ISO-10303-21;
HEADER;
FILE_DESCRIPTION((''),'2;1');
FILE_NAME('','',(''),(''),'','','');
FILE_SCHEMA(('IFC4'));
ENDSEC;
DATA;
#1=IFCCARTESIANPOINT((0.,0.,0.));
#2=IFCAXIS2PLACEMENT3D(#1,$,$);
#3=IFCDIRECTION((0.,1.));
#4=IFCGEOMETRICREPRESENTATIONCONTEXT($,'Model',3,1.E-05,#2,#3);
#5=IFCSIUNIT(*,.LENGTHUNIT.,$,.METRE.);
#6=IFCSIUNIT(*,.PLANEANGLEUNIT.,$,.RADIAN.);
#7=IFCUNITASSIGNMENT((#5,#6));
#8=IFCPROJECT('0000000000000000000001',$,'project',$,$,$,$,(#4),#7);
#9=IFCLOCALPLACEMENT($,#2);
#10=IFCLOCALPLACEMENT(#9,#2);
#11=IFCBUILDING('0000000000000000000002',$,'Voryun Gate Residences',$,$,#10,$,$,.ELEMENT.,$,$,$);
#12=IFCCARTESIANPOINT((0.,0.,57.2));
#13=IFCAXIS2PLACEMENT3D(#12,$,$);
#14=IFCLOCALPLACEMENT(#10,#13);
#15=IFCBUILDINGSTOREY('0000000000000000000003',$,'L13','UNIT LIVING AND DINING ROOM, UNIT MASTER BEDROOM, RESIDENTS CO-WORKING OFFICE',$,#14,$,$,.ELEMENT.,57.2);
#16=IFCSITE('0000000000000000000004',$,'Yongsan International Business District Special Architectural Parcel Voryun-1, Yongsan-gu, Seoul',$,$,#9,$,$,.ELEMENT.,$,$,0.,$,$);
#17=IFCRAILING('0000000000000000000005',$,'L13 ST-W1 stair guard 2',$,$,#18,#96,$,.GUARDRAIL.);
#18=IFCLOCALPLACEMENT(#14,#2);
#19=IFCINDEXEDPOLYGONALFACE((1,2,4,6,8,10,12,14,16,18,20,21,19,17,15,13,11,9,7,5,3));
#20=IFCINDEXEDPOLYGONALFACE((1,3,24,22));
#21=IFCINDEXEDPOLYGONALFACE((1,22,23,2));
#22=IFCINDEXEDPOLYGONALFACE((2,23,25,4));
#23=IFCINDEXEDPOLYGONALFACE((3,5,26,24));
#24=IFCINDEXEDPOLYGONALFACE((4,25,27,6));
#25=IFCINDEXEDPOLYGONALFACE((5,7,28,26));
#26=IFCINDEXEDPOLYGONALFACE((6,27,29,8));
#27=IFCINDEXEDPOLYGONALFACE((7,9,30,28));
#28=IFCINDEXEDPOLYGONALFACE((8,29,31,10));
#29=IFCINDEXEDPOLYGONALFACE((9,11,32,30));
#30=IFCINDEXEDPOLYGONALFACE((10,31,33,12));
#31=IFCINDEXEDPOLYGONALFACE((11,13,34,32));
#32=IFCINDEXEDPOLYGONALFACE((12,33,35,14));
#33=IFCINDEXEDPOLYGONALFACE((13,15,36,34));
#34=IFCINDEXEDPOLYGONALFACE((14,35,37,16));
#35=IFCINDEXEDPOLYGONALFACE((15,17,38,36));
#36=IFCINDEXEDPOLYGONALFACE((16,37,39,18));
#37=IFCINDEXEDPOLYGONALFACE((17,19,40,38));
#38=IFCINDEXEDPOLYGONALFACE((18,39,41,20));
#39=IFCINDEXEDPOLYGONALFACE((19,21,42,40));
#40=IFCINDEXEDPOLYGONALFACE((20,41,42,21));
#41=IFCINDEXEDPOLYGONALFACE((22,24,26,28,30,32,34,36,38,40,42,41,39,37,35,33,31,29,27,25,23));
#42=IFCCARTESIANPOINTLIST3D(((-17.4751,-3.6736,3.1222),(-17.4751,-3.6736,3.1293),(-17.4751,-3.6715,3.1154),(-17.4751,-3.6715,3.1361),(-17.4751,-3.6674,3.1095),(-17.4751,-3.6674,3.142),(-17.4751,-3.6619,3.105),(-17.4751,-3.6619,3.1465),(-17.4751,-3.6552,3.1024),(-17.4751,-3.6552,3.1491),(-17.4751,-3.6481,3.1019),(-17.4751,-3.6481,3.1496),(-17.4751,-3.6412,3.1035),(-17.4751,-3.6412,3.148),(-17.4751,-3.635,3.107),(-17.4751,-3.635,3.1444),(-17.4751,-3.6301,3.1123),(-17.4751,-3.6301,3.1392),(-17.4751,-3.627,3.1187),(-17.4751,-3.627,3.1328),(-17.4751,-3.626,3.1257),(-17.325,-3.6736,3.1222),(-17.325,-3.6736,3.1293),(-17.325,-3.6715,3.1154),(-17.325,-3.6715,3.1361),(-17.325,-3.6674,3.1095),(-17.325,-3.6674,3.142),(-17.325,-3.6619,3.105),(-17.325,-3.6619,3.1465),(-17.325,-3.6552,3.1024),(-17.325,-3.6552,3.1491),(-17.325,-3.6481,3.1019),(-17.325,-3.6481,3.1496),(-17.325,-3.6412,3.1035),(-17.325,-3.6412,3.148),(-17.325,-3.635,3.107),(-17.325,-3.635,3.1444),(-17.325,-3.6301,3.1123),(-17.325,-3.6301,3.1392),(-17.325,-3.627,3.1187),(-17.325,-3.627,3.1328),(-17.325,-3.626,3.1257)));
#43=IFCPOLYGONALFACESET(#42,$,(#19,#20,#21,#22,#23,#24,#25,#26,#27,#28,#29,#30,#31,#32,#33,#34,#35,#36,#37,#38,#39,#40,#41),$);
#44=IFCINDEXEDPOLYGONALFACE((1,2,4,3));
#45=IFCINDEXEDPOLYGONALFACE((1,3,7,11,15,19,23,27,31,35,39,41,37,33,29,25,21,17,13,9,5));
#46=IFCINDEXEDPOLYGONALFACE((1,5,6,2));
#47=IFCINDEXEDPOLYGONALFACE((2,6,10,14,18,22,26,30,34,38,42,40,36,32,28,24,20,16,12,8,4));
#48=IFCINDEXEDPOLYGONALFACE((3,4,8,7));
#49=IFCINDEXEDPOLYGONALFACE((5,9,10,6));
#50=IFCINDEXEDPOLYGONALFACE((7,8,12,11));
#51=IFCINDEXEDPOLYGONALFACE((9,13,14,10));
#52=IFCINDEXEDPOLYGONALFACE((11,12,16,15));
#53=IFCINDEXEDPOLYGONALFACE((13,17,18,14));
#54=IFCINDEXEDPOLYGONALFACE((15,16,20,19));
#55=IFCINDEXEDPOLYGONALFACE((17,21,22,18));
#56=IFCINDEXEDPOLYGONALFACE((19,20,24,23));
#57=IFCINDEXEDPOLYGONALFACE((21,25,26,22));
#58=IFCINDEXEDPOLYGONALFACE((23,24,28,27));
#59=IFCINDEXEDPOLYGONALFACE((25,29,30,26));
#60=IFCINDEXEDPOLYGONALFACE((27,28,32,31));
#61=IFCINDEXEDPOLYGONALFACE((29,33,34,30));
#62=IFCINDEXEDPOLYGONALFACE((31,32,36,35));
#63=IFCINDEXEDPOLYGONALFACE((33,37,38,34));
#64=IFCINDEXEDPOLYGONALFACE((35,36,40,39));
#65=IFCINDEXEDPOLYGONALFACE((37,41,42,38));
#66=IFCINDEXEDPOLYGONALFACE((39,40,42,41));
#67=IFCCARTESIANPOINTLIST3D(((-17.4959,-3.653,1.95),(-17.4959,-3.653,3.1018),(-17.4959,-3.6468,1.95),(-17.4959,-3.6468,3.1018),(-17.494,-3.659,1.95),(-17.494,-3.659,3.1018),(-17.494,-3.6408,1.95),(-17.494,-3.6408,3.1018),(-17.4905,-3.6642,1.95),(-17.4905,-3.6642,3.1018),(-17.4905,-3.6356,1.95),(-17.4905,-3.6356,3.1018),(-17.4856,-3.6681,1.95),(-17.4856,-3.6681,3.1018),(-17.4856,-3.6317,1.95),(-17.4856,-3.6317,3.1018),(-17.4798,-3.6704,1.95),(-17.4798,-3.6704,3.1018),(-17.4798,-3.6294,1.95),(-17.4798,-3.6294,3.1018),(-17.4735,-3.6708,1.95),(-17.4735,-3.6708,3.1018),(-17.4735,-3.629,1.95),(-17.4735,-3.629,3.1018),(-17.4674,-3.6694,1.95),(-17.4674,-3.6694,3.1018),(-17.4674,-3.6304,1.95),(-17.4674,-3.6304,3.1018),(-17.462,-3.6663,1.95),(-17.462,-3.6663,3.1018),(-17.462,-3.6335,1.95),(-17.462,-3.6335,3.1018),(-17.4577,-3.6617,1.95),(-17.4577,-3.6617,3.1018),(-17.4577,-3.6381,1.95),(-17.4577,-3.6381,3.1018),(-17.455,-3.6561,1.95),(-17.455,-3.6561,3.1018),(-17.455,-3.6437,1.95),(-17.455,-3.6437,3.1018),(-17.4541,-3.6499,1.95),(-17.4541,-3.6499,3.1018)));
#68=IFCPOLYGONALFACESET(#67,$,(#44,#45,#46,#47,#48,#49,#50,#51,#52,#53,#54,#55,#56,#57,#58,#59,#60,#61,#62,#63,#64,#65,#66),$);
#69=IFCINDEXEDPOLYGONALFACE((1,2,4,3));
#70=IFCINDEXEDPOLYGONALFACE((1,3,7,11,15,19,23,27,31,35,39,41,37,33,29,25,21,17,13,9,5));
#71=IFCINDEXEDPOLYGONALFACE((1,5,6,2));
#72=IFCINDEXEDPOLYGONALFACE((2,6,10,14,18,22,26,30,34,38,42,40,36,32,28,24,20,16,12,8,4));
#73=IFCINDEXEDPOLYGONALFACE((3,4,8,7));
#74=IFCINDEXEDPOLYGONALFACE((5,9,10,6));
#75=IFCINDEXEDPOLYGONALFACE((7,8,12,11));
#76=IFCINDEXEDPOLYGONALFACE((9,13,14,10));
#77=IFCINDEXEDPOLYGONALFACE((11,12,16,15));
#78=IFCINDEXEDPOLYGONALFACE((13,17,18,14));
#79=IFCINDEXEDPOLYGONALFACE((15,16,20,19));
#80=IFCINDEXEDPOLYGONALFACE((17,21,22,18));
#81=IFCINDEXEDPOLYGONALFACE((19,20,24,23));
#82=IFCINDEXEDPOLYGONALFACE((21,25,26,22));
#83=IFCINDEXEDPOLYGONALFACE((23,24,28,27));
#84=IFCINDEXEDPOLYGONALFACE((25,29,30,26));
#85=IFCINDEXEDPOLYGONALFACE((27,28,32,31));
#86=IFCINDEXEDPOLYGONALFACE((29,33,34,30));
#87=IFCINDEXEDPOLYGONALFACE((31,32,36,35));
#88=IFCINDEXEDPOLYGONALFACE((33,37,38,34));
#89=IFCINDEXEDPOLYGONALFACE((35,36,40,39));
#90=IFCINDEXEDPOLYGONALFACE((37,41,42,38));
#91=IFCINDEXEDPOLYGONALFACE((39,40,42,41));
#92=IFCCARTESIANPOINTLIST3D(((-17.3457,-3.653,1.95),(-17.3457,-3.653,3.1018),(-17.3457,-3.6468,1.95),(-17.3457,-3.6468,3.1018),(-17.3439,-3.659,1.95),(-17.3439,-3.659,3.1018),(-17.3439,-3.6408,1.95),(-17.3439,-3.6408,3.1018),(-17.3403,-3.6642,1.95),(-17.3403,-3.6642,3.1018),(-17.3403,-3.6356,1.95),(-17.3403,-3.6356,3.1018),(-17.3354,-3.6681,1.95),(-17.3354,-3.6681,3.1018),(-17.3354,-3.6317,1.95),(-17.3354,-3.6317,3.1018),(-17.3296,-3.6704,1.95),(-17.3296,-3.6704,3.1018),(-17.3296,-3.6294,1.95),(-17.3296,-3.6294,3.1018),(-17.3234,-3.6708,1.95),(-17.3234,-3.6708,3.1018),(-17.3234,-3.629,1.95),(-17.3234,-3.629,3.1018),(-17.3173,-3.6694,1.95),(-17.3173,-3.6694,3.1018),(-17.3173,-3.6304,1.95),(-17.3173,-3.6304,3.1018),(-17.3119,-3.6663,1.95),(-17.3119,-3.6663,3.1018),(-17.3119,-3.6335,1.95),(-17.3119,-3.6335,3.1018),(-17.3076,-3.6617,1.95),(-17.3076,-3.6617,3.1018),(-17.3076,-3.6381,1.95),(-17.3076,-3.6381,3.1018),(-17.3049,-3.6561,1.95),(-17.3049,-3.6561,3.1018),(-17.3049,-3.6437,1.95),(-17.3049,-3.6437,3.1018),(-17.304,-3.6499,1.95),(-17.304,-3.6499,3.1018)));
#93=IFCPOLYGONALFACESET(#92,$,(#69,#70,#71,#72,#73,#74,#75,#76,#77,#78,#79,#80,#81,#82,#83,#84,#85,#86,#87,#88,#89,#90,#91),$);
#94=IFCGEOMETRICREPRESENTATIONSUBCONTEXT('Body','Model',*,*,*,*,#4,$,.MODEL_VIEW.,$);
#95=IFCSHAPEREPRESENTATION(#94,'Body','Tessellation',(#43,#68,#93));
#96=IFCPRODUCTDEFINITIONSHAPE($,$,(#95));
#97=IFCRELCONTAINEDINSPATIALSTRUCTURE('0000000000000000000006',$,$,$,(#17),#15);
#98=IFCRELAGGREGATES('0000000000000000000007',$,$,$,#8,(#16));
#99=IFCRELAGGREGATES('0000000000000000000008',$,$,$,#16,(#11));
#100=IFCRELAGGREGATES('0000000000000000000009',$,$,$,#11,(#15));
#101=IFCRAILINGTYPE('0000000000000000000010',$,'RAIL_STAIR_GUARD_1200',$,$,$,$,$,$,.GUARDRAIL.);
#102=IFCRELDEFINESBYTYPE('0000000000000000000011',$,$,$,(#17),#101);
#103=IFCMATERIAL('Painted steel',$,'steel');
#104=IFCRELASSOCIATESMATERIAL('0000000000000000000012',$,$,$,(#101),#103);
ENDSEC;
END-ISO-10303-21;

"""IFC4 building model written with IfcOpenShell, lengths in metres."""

from ifc_helpers import new_model, si_unit, direction, frame, origin, origin_2d, place, context, subcontext, project, spatial, circle, extrude, material, type_object, element, save


model = new_model("IFC4")

# Units and contexts
model_context = context("Model", 3, precision=1e-05, world=origin(), true_north=direction((0.0, 1.0)))
body_context = subcontext(model_context, "Body", "Model", "MODEL_VIEW")
ifc_project = project(units=[si_unit("LENGTHUNIT", "METRE"), si_unit("PLANEANGLEUNIT", "RADIAN")], contexts=[model_context])

# Site, building, storey
site_placement = place(None, origin())
site = spatial("IfcSite", under=ifc_project, at=site_placement, Name="Yongsan International Business District Special Architectural Parcel Voryun-1, Yongsan-gu, Seoul", CompositionType="ELEMENT", RefElevation=0.0)
building_placement = place(site_placement, origin())
building = spatial("IfcBuilding", under=site, at=building_placement, Name="Voryun Gate Residences", CompositionType="ELEMENT")
storey_placement = place(building_placement, frame((0.0, 0.0, 57.2)))
storey = spatial("IfcBuildingStorey", under=building, at=storey_placement, Name="L13", Description="UNIT LIVING AND DINING ROOM, UNIT MASTER BEDROOM, RESIDENTS CO-WORKING OFFICE", CompositionType="ELEMENT", Elevation=57.2)

# Railing
ifc_material_1 = material(Name="Painted steel", Category="steel")
railing_type_1 = type_object("IfcRailingType", Name="RAIL_STAIR_GUARD_1200", PredefinedType="GUARDRAIL", material=ifc_material_1)
railing_1_placement = place(storey_placement, frame((-17.4751, -3.6499, 1.95)))
element("IfcRailing", 1, at=railing_1_placement, inside=storey, type_object=railing_type_1, Name="L13 ST-W1 stair guard 2", PredefinedType="GUARDRAIL", context=body_context, shape_type="SweptSolid", body=[
    extrude(circle(Radius=0.0239, at=origin_2d()), frame((0.0, 0.0, 1.1758), z_axis=(1.0, 0.0, 0.0), x_axis=(0.0, 1.0, 0.0)), (0.0, 0.0, 1.0), 0.1501),
    extrude(circle(Radius=0.021, at=origin_2d()), origin(), (0.0, 0.0, 1.0), 1.1519),
    extrude(circle(Radius=0.021, at=origin_2d()), frame((0.1501, 0.0, 0.0)), (0.0, 0.0, 1.0), 1.1519),
])

save(model, "model.ifc")
